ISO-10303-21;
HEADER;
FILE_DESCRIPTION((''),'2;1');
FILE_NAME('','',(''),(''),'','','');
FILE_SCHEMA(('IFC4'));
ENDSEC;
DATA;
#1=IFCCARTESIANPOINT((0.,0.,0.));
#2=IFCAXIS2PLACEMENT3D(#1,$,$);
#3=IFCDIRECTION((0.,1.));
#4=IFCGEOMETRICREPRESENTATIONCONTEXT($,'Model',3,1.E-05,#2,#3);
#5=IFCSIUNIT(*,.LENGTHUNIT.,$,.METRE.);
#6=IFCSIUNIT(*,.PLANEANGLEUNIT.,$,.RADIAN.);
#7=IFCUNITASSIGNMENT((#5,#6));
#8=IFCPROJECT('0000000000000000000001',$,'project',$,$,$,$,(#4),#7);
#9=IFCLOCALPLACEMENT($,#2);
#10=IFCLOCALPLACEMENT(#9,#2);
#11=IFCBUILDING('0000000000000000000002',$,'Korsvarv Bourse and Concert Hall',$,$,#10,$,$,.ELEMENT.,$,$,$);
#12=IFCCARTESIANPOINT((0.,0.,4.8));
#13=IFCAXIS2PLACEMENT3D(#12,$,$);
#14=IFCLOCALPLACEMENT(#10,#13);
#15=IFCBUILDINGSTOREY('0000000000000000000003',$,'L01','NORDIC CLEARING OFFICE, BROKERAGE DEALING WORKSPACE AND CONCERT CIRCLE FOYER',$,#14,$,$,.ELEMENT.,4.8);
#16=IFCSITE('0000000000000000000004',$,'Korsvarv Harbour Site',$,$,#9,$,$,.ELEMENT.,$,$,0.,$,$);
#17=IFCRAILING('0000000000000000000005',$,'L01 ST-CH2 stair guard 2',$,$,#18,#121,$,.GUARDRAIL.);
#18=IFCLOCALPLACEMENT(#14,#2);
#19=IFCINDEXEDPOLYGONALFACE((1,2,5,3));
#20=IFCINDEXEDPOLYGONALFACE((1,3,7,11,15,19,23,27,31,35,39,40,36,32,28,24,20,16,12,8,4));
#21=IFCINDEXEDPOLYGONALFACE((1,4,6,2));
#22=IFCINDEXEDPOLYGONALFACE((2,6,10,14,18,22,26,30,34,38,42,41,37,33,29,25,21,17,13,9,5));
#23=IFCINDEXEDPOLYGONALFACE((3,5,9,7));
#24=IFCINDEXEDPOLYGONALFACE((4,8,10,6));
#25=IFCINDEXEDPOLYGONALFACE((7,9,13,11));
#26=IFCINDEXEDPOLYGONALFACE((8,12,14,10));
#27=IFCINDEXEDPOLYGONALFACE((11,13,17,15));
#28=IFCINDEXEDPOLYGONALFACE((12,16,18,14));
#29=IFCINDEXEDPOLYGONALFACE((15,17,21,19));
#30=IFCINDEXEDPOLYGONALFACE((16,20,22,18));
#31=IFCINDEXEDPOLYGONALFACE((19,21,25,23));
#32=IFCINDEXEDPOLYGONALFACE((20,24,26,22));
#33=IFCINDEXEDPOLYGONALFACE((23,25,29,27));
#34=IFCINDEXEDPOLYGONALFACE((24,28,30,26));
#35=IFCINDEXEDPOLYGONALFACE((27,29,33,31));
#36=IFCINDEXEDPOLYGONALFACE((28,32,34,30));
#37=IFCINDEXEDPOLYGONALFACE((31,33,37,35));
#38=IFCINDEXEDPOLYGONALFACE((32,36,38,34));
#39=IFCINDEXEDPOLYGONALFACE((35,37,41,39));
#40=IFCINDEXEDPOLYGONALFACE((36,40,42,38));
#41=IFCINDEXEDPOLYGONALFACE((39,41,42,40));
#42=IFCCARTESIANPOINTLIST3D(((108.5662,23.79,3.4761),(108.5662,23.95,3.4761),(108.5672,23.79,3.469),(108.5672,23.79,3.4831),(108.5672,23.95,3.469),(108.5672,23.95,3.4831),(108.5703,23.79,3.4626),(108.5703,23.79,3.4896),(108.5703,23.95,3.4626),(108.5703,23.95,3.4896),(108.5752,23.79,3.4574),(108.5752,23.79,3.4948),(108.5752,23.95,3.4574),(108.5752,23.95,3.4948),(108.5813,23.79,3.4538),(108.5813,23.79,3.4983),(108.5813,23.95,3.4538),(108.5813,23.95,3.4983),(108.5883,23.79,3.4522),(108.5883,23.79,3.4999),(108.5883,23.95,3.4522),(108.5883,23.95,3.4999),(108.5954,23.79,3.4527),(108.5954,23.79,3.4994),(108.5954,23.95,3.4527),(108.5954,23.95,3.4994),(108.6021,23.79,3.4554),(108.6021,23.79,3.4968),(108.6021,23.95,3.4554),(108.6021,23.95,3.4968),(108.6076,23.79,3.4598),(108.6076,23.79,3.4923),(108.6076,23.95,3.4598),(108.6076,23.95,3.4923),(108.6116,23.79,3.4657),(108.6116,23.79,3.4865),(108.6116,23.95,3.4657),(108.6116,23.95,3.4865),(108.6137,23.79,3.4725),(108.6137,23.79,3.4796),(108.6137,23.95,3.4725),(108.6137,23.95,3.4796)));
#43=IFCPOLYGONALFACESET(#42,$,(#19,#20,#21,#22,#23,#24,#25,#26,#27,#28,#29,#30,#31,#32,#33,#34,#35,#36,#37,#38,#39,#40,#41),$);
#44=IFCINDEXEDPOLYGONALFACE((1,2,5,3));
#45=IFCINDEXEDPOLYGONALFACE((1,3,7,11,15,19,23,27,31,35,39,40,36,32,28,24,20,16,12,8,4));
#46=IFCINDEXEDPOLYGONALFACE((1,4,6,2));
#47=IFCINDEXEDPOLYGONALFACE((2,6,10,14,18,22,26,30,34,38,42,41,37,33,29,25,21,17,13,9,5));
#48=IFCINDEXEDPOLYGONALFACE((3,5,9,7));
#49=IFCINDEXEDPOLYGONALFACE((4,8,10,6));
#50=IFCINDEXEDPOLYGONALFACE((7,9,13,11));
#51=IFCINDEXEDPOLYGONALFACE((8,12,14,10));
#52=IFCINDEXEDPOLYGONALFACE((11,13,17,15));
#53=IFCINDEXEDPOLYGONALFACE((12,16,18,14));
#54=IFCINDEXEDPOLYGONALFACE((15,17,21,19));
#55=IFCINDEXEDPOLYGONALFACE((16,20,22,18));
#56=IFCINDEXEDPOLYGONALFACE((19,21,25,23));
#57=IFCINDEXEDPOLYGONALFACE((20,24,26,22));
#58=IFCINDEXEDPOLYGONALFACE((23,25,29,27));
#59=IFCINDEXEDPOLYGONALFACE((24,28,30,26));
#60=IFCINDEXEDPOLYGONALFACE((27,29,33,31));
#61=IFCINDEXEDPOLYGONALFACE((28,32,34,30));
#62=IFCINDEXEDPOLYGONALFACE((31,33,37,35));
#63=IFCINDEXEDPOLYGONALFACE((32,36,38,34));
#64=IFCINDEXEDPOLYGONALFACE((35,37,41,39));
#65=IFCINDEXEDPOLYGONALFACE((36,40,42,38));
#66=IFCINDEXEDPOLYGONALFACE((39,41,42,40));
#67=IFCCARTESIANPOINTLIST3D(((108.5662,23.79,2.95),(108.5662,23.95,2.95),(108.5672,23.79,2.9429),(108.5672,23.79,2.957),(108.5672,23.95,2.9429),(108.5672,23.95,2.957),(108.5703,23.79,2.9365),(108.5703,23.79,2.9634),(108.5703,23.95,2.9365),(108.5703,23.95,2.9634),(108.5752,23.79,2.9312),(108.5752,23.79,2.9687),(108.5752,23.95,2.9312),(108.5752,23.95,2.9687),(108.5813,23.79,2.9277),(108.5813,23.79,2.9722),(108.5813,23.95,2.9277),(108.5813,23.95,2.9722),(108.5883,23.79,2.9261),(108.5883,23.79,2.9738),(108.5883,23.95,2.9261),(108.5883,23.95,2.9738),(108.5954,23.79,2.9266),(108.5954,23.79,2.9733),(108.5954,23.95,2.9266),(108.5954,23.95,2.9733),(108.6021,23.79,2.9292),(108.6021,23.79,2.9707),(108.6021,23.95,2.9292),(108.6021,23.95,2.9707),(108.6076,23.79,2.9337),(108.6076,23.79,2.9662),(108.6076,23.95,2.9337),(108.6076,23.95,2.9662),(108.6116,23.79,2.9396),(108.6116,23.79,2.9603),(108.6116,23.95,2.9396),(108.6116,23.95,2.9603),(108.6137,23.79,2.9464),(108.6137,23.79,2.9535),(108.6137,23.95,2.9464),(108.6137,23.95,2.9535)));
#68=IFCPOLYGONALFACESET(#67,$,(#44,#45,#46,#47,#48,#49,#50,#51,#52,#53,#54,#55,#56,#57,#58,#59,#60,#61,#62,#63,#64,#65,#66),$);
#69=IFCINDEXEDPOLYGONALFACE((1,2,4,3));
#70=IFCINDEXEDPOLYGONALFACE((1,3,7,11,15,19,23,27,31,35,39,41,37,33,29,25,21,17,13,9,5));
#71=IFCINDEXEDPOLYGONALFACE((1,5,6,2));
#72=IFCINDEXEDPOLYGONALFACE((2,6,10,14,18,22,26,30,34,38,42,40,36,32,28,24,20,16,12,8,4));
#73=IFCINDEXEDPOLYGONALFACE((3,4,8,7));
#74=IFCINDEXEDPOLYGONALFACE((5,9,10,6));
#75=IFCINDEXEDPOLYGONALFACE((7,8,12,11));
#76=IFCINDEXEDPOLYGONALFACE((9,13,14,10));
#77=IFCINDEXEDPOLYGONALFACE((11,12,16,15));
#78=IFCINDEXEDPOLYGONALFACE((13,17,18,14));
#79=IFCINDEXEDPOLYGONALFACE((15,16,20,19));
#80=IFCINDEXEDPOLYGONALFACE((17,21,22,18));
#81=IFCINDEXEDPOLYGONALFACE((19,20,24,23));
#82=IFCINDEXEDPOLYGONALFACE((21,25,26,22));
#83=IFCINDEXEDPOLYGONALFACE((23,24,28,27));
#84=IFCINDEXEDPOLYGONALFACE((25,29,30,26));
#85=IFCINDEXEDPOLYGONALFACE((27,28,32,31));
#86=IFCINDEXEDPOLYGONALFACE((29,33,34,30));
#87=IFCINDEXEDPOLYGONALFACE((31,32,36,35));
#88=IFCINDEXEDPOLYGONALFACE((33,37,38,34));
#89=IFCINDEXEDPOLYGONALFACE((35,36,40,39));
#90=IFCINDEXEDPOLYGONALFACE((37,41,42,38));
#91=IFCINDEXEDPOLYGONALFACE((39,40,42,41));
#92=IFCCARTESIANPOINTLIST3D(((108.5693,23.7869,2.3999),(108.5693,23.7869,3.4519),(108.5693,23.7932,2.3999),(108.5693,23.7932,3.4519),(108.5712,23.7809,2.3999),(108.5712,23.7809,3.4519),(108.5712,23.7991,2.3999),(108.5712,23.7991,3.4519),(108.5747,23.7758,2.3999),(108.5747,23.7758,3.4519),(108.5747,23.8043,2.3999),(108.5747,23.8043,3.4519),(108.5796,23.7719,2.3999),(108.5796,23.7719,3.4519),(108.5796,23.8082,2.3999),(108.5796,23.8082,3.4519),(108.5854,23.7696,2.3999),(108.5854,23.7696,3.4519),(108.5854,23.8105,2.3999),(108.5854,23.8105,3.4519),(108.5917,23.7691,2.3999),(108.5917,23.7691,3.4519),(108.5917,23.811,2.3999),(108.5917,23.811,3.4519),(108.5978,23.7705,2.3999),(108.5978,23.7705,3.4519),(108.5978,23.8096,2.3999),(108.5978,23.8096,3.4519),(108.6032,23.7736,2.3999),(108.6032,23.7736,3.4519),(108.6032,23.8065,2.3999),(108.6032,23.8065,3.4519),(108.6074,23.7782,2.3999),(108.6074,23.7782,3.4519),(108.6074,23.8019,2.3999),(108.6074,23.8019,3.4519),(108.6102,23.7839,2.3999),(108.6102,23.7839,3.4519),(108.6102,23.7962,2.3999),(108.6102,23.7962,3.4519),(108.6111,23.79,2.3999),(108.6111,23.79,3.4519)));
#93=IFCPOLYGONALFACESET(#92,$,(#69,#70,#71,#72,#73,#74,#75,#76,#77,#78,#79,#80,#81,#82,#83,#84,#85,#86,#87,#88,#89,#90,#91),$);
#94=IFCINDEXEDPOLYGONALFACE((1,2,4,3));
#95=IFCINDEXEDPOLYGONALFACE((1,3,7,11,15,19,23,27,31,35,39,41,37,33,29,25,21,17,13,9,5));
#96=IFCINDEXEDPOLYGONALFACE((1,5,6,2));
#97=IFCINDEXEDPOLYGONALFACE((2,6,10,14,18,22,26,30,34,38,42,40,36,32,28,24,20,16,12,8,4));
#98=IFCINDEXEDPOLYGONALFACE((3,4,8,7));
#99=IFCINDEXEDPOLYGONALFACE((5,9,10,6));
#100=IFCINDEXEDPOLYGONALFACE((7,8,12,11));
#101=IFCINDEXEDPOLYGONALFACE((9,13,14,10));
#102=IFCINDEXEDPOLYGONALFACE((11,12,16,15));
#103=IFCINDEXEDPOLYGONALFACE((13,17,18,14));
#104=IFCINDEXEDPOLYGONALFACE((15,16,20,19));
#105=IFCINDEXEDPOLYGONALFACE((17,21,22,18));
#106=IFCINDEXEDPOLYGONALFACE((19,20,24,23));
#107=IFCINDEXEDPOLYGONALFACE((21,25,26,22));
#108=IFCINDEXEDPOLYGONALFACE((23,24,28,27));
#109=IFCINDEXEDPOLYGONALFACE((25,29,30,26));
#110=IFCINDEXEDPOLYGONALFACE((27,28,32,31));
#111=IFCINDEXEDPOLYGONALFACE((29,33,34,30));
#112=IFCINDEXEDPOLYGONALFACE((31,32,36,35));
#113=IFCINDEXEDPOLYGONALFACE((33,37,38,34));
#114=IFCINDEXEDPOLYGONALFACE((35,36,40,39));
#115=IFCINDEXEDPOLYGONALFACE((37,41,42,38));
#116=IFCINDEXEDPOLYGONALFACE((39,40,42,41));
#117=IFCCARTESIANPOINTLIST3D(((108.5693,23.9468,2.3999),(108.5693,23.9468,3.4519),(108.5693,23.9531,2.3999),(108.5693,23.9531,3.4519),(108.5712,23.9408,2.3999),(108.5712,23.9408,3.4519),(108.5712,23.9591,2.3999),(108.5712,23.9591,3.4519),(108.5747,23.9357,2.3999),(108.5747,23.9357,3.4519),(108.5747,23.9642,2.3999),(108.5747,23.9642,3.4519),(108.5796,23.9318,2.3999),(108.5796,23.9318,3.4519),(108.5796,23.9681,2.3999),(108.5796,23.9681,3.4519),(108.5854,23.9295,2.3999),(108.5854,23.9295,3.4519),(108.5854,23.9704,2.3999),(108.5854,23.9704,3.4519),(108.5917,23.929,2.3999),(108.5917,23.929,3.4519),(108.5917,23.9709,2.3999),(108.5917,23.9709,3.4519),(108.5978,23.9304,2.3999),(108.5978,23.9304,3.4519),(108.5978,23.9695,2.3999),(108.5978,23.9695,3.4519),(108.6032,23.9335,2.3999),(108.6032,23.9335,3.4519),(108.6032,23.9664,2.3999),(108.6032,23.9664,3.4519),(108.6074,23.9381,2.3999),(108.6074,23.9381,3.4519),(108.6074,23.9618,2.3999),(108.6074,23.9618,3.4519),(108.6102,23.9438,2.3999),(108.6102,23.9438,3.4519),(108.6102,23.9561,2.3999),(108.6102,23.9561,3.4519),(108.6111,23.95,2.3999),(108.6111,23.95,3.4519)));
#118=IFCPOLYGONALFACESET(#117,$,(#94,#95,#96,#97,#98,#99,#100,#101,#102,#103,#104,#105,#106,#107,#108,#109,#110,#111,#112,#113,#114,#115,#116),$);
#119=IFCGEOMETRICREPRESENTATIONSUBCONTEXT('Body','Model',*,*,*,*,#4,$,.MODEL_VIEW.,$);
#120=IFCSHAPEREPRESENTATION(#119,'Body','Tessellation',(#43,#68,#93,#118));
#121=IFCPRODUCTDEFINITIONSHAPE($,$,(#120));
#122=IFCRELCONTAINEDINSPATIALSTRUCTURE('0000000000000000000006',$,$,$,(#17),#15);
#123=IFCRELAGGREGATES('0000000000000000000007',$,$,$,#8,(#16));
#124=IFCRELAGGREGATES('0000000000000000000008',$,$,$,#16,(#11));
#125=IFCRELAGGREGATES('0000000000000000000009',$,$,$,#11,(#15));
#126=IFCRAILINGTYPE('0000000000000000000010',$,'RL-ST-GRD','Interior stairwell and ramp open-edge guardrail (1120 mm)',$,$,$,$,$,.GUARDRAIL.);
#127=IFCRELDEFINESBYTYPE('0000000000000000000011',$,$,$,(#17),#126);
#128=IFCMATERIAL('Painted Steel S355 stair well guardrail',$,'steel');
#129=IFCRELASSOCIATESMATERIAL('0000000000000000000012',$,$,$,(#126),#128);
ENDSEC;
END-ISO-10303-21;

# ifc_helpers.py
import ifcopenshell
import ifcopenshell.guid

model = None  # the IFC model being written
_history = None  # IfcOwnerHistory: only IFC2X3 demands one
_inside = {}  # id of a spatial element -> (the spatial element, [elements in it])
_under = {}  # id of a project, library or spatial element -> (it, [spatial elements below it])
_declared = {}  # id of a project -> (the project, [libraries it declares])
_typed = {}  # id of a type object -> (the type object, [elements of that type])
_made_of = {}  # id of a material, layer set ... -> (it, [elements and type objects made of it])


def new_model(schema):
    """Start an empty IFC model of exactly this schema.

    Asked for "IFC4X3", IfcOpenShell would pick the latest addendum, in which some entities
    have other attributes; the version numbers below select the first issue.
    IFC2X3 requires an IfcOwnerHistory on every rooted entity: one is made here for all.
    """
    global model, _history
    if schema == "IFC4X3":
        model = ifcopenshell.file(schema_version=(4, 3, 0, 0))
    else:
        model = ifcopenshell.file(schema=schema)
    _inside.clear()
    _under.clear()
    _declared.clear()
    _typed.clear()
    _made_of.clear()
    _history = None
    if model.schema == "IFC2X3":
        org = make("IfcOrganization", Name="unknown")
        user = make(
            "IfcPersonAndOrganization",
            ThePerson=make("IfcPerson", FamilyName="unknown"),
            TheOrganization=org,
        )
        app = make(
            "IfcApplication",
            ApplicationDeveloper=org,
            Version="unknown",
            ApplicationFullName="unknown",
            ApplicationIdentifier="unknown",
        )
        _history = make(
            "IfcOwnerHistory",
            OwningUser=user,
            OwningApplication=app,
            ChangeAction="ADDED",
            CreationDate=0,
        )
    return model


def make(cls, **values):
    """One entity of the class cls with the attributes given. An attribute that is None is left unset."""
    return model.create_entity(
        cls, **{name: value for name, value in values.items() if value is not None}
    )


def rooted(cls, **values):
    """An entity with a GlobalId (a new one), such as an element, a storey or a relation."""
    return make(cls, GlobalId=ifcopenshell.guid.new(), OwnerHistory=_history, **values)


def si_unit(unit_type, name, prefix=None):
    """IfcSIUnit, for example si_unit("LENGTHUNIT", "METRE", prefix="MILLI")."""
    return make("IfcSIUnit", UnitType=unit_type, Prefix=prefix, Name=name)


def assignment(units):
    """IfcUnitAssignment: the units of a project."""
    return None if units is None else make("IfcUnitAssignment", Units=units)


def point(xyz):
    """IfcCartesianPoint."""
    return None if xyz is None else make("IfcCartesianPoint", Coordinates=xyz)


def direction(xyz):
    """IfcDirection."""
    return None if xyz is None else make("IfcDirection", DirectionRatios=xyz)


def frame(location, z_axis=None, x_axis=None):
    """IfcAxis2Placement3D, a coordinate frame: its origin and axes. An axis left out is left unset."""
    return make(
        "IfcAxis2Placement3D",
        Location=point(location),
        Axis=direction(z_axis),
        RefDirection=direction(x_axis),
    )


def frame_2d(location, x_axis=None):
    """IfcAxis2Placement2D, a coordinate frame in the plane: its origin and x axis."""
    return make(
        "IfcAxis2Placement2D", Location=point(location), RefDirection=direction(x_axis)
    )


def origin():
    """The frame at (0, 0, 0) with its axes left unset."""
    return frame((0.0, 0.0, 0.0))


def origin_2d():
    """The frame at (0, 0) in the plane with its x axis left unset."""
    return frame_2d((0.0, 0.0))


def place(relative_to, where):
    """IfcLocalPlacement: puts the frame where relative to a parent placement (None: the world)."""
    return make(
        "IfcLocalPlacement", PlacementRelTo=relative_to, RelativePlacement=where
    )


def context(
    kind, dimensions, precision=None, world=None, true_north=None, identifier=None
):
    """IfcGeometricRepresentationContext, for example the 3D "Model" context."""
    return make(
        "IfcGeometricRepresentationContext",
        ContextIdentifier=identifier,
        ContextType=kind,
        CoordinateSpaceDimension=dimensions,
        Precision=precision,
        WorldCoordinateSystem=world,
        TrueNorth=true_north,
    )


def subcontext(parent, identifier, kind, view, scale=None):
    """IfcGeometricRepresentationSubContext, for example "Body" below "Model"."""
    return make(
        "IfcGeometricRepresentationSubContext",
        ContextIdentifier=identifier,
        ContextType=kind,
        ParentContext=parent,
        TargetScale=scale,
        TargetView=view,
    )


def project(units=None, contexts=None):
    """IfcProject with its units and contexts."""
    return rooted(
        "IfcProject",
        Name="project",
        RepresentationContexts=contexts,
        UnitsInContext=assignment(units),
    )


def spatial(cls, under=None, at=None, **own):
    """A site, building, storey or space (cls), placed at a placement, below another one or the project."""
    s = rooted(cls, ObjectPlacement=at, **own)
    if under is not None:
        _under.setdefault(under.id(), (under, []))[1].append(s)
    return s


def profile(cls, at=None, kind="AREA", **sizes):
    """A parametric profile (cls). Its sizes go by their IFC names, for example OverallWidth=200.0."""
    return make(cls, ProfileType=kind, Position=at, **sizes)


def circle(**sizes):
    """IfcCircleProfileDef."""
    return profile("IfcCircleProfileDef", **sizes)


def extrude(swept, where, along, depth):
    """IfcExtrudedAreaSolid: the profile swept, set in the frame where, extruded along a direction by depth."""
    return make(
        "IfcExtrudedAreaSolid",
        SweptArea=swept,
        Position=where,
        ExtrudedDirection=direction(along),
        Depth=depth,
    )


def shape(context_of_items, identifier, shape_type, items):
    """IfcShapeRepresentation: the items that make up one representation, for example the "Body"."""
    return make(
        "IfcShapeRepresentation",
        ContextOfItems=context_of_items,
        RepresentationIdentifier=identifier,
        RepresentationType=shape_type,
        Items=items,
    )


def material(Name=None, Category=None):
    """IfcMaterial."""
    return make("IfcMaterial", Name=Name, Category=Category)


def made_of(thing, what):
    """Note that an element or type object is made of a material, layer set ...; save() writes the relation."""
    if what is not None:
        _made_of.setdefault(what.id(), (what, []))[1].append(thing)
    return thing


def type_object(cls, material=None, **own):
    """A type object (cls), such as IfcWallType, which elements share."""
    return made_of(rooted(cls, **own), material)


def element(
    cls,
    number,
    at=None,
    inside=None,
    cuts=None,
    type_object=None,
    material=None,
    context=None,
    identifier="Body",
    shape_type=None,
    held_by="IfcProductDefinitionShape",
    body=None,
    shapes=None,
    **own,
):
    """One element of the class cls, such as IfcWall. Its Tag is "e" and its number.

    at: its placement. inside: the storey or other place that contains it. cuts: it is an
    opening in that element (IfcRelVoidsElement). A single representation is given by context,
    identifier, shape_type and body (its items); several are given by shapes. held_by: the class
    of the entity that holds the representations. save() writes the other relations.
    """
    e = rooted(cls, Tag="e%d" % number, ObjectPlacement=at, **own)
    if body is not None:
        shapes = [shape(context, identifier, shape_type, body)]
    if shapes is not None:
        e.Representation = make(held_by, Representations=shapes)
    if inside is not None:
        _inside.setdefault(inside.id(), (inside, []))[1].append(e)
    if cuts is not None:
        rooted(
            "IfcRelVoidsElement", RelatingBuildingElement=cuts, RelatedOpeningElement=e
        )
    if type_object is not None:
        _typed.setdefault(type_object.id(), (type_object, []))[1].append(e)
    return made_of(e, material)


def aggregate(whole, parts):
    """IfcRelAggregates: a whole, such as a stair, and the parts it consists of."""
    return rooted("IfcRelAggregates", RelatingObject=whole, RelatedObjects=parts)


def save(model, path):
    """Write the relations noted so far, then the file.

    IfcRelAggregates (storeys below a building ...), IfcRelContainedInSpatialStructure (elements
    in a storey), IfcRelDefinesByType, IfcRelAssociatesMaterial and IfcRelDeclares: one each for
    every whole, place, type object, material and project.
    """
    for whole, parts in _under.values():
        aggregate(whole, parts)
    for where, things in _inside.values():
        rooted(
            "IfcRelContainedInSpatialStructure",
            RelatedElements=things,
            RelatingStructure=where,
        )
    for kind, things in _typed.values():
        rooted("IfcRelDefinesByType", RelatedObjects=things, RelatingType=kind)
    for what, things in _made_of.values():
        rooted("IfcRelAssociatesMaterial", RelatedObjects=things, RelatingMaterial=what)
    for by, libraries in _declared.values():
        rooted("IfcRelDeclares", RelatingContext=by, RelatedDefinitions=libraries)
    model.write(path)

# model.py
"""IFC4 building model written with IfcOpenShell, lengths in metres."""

from ifc_helpers import new_model, si_unit, direction, frame, origin, origin_2d, place, context, subcontext, project, spatial, circle, extrude, material, type_object, element, save


model = new_model("IFC4")

# Units and contexts
model_context = context("Model", 3, precision=1e-05, world=origin(), true_north=direction((0.0, 1.0)))
body_context = subcontext(model_context, "Body", "Model", "MODEL_VIEW")
ifc_project = project(units=[si_unit("LENGTHUNIT", "METRE"), si_unit("PLANEANGLEUNIT", "RADIAN")], contexts=[model_context])

# Site, building, storey
site_placement = place(None, origin())
site = spatial("IfcSite", under=ifc_project, at=site_placement, Name="Korsvarv Harbour Site", CompositionType="ELEMENT", RefElevation=0.0)
building_placement = place(site_placement, origin())
building = spatial("IfcBuilding", under=site, at=building_placement, Name="Korsvarv Bourse and Concert Hall", CompositionType="ELEMENT")
storey_placement = place(building_placement, frame((0.0, 0.0, 4.8)))
storey = spatial("IfcBuildingStorey", under=building, at=storey_placement, Name="L01", Description="NORDIC CLEARING OFFICE, BROKERAGE DEALING WORKSPACE AND CONCERT CIRCLE FOYER", CompositionType="ELEMENT", Elevation=4.8)

# Railing
ifc_material_1 = material(Name="Painted Steel S355 stair well guardrail", Category="steel")
railing_type_1 = type_object("IfcRailingType", Name="RL-ST-GRD", Description="Interior stairwell and ramp open-edge guardrail (1120 mm)", PredefinedType="GUARDRAIL", material=ifc_material_1)
railing_1_placement = place(storey_placement, frame((108.5901, 23.79, 2.3999)))
element("IfcRailing", 1, at=railing_1_placement, inside=storey, type_object=railing_type_1, Name="L01 ST-CH2 stair guard 2", PredefinedType="GUARDRAIL", context=body_context, shape_type="SweptSolid", body=[
    extrude(circle(Radius=0.0239, at=origin_2d()), frame((0.0, 0.0, 1.0762), z_axis=(0.0, 1.0, 0.0), x_axis=(-1.0, 0.0, 0.0)), (0.0, 0.0, 1.0), 0.1599),
    extrude(circle(Radius=0.0239, at=origin_2d()), frame((0.0, 0.0, 0.55), z_axis=(0.0, 1.0, 0.0), x_axis=(-1.0, 0.0, 0.0)), (0.0, 0.0, 1.0), 0.1599),
    extrude(circle(Radius=0.021, at=origin_2d()), origin(), (0.0, 0.0, 1.0), 1.052),
    extrude(circle(Radius=0.021, at=origin_2d()), frame((0.0, 0.1599, 0.0)), (0.0, 0.0, 1.0), 1.052),
])

save(model, "model.ifc")
